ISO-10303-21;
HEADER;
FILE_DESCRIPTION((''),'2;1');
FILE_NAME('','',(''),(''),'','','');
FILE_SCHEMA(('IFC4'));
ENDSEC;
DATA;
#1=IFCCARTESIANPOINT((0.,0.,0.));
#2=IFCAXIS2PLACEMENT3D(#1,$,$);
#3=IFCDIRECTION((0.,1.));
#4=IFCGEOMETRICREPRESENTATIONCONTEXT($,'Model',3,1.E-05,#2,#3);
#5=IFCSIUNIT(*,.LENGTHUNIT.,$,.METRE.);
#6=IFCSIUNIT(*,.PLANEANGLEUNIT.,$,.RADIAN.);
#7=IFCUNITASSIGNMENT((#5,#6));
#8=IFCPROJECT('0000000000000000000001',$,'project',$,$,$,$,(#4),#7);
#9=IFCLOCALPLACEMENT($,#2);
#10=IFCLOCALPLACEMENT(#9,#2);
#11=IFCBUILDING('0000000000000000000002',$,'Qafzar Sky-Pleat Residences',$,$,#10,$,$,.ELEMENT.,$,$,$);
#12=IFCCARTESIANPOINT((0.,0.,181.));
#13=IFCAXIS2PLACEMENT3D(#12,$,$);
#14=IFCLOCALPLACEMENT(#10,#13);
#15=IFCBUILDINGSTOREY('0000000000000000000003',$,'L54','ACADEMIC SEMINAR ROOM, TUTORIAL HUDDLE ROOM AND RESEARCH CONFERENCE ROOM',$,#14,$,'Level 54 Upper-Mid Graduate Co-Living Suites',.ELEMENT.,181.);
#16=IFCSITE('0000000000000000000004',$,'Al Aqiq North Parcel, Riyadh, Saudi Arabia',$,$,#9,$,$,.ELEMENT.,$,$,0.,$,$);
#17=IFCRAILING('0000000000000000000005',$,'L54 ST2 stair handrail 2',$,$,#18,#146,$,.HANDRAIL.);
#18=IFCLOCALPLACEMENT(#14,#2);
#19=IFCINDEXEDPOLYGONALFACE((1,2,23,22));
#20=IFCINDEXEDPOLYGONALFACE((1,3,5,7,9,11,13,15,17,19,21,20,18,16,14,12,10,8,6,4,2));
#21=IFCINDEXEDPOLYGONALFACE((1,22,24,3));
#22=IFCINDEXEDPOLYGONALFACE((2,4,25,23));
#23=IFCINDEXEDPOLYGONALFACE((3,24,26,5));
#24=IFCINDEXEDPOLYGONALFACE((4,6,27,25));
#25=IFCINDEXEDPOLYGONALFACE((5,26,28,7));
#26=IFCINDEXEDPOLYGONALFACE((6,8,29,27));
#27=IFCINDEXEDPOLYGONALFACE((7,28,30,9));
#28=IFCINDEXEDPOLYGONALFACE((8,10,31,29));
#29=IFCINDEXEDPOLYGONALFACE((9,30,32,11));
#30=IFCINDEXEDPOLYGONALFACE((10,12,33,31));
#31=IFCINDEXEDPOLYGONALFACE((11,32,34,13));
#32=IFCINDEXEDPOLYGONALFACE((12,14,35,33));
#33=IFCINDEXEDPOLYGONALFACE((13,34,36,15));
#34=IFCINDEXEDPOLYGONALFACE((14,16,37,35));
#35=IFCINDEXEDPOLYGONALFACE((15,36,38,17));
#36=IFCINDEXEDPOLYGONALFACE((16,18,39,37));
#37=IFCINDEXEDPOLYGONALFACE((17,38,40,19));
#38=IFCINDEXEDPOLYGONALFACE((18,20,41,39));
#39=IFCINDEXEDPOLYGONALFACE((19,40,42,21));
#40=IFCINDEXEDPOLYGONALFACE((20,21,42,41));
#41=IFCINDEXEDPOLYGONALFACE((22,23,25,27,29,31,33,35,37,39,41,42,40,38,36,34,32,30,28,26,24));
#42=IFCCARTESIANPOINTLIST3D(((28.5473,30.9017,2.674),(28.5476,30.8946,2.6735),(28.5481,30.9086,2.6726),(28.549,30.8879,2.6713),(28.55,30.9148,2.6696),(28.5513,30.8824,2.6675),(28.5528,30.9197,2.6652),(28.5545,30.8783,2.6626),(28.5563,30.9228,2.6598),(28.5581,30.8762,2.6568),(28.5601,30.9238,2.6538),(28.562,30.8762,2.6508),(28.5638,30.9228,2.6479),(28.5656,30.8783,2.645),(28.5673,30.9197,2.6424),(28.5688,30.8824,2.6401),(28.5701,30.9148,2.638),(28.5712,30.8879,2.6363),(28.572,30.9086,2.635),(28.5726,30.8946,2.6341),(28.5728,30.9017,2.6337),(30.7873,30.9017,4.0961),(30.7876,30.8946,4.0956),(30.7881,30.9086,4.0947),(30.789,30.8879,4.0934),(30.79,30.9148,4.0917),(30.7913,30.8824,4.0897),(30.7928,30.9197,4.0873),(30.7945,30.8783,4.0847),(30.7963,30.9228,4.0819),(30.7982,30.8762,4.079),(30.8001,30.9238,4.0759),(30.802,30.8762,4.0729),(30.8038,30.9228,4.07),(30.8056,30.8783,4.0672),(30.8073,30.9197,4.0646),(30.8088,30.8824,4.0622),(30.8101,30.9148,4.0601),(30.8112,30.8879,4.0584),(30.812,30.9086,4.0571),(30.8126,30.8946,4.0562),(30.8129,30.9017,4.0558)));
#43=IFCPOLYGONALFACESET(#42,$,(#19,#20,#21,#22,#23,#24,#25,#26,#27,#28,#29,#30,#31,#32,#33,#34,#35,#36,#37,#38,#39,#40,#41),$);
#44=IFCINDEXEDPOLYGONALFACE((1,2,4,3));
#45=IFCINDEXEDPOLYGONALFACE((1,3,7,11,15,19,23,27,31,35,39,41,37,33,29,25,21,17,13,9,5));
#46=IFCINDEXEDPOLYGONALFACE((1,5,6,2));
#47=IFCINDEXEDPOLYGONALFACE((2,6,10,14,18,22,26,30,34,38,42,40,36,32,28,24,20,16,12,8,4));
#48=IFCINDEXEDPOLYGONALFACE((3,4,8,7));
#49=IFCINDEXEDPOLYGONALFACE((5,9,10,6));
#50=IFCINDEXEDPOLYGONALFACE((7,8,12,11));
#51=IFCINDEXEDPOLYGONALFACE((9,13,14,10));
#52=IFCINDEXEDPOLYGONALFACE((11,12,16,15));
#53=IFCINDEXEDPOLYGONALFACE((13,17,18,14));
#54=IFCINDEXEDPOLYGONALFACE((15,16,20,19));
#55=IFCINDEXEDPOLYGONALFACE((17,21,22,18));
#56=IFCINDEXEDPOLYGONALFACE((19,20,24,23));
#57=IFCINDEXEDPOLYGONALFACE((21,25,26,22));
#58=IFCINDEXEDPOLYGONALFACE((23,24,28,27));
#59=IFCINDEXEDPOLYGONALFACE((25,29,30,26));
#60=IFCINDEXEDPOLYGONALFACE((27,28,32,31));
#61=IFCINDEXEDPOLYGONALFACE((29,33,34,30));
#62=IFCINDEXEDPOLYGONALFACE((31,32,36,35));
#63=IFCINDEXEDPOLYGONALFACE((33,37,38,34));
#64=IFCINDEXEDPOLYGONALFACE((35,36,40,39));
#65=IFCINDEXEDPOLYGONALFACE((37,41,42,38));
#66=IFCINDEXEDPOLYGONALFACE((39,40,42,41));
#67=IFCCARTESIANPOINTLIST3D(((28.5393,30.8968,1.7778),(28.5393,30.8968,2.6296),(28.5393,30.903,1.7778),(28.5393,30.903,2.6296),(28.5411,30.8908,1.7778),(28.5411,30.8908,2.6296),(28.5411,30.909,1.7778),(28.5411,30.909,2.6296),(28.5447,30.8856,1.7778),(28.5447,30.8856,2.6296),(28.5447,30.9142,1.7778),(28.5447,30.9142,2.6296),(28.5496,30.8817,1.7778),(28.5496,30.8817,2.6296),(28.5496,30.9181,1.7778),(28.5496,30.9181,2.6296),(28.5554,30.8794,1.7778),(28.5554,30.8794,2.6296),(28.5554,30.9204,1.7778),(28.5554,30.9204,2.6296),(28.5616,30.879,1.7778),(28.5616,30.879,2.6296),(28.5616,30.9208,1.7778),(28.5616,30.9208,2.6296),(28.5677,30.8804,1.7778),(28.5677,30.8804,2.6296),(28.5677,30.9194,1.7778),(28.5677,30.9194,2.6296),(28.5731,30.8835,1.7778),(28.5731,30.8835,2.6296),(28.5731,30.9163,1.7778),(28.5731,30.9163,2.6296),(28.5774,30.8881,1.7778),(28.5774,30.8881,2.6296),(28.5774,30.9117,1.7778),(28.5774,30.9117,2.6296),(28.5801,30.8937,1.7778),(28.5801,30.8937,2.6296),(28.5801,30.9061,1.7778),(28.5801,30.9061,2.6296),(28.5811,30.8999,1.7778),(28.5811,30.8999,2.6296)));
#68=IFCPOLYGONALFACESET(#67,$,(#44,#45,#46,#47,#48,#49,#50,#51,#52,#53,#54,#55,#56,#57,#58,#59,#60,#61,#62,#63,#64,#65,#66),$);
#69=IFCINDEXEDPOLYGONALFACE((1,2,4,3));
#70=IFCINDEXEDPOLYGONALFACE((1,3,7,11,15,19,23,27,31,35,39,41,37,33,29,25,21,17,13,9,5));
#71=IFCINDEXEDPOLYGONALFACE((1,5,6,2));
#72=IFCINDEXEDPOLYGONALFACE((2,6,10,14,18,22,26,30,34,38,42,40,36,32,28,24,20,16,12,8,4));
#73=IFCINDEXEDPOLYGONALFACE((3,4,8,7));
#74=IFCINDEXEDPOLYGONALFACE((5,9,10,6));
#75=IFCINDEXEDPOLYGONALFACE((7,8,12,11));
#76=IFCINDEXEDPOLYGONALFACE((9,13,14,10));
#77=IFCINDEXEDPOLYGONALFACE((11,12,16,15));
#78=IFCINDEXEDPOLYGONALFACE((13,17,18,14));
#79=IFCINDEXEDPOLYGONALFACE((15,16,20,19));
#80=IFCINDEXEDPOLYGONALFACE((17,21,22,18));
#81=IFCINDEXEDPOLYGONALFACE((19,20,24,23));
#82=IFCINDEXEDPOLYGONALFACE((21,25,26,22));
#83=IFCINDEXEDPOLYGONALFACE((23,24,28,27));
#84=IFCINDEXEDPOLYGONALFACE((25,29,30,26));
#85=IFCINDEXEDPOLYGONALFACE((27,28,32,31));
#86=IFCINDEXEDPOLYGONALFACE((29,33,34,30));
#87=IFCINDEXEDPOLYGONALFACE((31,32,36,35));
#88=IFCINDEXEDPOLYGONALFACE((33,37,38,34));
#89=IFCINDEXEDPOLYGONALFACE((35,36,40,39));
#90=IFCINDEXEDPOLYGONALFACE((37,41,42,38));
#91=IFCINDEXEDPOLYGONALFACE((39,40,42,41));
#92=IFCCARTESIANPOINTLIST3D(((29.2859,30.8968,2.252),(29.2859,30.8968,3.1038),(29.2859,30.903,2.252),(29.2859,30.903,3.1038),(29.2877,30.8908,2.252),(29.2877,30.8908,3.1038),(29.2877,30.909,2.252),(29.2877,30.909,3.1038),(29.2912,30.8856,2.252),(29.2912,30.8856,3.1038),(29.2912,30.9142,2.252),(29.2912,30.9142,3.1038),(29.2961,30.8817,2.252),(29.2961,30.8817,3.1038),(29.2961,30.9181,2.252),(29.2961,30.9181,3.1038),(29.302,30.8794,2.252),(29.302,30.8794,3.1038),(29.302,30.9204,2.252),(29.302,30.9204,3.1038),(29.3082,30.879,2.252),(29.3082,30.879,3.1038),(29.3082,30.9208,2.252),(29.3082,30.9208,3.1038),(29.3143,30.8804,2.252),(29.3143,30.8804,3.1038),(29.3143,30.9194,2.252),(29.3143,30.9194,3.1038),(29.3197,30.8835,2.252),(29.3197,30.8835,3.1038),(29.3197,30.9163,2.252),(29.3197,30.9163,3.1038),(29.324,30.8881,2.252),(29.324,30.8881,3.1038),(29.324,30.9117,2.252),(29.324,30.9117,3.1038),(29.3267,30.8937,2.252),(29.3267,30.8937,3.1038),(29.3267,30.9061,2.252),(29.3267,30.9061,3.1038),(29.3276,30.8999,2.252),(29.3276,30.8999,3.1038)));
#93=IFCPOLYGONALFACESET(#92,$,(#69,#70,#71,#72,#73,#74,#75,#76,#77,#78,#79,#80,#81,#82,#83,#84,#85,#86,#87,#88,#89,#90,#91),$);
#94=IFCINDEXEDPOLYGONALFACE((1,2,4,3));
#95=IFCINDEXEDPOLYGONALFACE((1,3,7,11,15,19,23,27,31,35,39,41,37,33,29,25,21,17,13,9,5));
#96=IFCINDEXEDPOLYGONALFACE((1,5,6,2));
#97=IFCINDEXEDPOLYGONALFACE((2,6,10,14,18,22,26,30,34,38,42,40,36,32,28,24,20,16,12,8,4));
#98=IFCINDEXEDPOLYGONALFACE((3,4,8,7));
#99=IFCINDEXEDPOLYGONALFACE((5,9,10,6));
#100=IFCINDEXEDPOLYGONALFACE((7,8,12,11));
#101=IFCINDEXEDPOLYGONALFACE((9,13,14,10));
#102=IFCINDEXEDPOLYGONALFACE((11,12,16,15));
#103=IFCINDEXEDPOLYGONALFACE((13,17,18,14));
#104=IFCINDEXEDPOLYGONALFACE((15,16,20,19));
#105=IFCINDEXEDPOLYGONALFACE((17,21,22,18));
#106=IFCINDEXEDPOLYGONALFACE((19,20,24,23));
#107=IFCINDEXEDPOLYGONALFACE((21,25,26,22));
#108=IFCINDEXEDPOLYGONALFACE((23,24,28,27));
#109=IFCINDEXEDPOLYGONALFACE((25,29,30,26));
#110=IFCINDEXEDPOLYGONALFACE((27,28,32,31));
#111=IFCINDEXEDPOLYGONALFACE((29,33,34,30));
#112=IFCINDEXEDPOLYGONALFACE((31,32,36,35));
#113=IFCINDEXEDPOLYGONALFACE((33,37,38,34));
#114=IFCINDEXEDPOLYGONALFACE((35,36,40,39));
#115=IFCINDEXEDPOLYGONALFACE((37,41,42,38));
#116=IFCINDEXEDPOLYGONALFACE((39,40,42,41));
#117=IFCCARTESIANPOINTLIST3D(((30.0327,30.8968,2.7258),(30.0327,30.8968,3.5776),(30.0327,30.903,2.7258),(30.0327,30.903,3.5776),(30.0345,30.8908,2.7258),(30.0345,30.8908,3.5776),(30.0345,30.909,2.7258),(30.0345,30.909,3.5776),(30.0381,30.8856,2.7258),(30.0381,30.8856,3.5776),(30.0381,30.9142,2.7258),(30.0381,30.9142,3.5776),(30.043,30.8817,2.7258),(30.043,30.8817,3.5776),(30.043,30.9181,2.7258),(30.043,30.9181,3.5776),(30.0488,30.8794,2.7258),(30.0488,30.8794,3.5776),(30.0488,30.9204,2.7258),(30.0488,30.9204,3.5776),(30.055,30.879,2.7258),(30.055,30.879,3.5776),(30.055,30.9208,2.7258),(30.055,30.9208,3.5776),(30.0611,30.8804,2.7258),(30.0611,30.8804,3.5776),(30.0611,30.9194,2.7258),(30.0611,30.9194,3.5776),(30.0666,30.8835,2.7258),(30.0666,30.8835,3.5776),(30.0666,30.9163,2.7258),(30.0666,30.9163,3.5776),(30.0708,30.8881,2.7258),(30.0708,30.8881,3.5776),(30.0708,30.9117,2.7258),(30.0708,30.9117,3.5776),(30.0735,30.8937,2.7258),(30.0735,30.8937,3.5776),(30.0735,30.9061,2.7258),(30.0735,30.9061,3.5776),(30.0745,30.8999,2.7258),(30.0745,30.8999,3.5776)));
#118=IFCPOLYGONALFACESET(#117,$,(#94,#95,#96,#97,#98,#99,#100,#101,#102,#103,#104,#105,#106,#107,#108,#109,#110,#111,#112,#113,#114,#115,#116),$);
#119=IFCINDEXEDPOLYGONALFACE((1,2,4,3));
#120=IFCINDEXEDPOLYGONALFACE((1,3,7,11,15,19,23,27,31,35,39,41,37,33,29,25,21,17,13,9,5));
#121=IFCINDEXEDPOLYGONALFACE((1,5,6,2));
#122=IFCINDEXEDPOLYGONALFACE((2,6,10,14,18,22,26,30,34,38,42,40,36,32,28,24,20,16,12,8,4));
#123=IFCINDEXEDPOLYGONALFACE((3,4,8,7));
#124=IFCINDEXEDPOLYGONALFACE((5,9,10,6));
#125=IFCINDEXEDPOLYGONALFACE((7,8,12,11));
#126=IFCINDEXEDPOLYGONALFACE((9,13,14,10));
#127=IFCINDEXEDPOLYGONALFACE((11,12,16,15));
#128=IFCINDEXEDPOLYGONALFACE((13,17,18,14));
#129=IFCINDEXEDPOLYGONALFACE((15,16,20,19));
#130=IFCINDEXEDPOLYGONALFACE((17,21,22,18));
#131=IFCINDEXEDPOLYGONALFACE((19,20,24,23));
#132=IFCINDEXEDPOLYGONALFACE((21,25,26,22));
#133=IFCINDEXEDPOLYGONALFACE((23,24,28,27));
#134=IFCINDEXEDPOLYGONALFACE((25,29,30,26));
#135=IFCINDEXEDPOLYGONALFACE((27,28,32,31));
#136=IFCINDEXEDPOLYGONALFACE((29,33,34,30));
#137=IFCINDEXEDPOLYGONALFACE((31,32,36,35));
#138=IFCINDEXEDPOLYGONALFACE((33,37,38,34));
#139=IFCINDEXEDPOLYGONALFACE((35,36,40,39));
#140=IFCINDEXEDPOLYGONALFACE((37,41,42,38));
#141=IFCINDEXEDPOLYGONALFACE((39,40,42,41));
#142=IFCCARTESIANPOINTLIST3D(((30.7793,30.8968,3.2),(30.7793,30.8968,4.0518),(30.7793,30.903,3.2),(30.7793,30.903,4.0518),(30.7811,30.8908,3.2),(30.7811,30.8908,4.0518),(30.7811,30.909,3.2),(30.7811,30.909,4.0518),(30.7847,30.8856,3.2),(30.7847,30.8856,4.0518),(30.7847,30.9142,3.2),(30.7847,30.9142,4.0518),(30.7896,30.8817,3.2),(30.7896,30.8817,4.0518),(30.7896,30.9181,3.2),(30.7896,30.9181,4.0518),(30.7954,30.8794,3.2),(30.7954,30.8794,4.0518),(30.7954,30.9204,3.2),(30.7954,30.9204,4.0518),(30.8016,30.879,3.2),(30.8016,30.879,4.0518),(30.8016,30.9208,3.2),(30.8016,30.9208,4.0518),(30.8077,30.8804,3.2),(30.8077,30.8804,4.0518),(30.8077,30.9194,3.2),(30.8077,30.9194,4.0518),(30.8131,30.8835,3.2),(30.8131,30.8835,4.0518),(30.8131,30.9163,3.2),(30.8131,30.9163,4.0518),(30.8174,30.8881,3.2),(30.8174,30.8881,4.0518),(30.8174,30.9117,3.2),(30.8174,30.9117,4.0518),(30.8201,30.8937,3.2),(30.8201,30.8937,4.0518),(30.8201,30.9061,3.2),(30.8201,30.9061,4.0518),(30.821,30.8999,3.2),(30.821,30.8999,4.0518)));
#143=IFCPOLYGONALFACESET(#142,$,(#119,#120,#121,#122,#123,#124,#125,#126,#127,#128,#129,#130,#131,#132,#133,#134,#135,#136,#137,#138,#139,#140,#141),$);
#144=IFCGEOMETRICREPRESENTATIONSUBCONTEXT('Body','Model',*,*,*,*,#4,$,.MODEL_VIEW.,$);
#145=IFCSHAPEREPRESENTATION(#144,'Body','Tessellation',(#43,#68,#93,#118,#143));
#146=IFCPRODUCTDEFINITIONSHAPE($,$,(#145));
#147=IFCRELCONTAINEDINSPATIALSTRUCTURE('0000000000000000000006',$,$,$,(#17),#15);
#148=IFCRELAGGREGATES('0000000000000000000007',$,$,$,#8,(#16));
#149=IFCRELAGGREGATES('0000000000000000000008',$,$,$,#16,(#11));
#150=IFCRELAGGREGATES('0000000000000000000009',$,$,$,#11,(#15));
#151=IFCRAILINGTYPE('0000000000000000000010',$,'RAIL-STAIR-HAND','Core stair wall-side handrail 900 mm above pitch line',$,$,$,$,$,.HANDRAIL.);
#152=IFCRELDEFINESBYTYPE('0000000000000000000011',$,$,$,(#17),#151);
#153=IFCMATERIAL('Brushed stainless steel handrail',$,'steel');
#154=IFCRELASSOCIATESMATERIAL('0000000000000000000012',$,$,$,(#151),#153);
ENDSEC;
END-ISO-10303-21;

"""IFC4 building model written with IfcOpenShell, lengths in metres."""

from ifc_helpers import new_model, si_unit, direction, frame, origin, origin_2d, place, context, subcontext, project, spatial, circle, extrude, source, transform, mapped, material, type_object, element, save


model = new_model("IFC4")

# Units and contexts
model_context = context("Model", 3, precision=1e-05, world=origin(), true_north=direction((0.0, 1.0)))
body_context = subcontext(model_context, "Body", "Model", "MODEL_VIEW")
ifc_project = project(units=[si_unit("LENGTHUNIT", "METRE"), si_unit("PLANEANGLEUNIT", "RADIAN")], contexts=[model_context])

# Site, building, storey
site_placement = place(None, origin())
site = spatial("IfcSite", under=ifc_project, at=site_placement, Name="Al Aqiq North Parcel, Riyadh, Saudi Arabia", CompositionType="ELEMENT", RefElevation=0.0)
building_placement = place(site_placement, origin())
building = spatial("IfcBuilding", under=site, at=building_placement, Name="Qafzar Sky-Pleat Residences", CompositionType="ELEMENT")
storey_placement = place(building_placement, frame((0.0, 0.0, 181.0)))
storey = spatial("IfcBuildingStorey", under=building, at=storey_placement, Name="L54", Description="ACADEMIC SEMINAR ROOM, TUTORIAL HUDDLE ROOM AND RESEARCH CONFERENCE ROOM", LongName="Level 54 Upper-Mid Graduate Co-Living Suites", CompositionType="ELEMENT", Elevation=181.0)

# Railing
ifc_material_1 = material(Name="Brushed stainless steel handrail", Category="steel")
railing_type_1 = type_object("IfcRailingType", Name="RAIL-STAIR-HAND", Description="Core stair wall-side handrail 900 mm above pitch line", PredefinedType="HANDRAIL", material=ifc_material_1)
shared_shape_1 = source(origin(), body_context, "Body", "SweptSolid", [
    extrude(circle(Radius=0.0239, at=origin_2d()), frame((0.0, 0.0, 0.876), z_axis=(0.844229, 0.0, 0.535982), x_axis=(0.0, 1.0, 0.0)), (0.0, 0.0, 1.0), 2.6533),
    extrude(circle(Radius=0.021, at=origin_2d()), origin(), (0.0, 0.0, 1.0), 0.8518),
    extrude(circle(Radius=0.021, at=origin_2d()), frame((0.7466, 0.0, 0.4741)), (0.0, 0.0, 1.0), 0.8518),
    extrude(circle(Radius=0.021, at=origin_2d()), frame((1.4934, 0.0, 0.948)), (0.0, 0.0, 1.0), 0.8518),
    extrude(circle(Radius=0.021, at=origin_2d()), frame((2.24, 0.0, 1.4221)), (0.0, 0.0, 1.0), 0.8518),
])
railing_1_placement = place(storey_placement, frame((28.5601, 30.8999, 1.7778)))
element("IfcRailing", 1, at=railing_1_placement, inside=storey, type_object=railing_type_1, Name="L54 ST2 stair handrail 2", PredefinedType="HANDRAIL", context=body_context, shape_type="MappedRepresentation", body=[
    mapped(shared_shape_1, transform((0.0, 0.0, 0.0), x_axis=(1.0, 0.0, 0.0), y_axis=(0.0, 1.0, 0.0), z_axis=(0.0, 0.0, 1.0), scale=1.0)),
])

save(model, "model.ifc")
